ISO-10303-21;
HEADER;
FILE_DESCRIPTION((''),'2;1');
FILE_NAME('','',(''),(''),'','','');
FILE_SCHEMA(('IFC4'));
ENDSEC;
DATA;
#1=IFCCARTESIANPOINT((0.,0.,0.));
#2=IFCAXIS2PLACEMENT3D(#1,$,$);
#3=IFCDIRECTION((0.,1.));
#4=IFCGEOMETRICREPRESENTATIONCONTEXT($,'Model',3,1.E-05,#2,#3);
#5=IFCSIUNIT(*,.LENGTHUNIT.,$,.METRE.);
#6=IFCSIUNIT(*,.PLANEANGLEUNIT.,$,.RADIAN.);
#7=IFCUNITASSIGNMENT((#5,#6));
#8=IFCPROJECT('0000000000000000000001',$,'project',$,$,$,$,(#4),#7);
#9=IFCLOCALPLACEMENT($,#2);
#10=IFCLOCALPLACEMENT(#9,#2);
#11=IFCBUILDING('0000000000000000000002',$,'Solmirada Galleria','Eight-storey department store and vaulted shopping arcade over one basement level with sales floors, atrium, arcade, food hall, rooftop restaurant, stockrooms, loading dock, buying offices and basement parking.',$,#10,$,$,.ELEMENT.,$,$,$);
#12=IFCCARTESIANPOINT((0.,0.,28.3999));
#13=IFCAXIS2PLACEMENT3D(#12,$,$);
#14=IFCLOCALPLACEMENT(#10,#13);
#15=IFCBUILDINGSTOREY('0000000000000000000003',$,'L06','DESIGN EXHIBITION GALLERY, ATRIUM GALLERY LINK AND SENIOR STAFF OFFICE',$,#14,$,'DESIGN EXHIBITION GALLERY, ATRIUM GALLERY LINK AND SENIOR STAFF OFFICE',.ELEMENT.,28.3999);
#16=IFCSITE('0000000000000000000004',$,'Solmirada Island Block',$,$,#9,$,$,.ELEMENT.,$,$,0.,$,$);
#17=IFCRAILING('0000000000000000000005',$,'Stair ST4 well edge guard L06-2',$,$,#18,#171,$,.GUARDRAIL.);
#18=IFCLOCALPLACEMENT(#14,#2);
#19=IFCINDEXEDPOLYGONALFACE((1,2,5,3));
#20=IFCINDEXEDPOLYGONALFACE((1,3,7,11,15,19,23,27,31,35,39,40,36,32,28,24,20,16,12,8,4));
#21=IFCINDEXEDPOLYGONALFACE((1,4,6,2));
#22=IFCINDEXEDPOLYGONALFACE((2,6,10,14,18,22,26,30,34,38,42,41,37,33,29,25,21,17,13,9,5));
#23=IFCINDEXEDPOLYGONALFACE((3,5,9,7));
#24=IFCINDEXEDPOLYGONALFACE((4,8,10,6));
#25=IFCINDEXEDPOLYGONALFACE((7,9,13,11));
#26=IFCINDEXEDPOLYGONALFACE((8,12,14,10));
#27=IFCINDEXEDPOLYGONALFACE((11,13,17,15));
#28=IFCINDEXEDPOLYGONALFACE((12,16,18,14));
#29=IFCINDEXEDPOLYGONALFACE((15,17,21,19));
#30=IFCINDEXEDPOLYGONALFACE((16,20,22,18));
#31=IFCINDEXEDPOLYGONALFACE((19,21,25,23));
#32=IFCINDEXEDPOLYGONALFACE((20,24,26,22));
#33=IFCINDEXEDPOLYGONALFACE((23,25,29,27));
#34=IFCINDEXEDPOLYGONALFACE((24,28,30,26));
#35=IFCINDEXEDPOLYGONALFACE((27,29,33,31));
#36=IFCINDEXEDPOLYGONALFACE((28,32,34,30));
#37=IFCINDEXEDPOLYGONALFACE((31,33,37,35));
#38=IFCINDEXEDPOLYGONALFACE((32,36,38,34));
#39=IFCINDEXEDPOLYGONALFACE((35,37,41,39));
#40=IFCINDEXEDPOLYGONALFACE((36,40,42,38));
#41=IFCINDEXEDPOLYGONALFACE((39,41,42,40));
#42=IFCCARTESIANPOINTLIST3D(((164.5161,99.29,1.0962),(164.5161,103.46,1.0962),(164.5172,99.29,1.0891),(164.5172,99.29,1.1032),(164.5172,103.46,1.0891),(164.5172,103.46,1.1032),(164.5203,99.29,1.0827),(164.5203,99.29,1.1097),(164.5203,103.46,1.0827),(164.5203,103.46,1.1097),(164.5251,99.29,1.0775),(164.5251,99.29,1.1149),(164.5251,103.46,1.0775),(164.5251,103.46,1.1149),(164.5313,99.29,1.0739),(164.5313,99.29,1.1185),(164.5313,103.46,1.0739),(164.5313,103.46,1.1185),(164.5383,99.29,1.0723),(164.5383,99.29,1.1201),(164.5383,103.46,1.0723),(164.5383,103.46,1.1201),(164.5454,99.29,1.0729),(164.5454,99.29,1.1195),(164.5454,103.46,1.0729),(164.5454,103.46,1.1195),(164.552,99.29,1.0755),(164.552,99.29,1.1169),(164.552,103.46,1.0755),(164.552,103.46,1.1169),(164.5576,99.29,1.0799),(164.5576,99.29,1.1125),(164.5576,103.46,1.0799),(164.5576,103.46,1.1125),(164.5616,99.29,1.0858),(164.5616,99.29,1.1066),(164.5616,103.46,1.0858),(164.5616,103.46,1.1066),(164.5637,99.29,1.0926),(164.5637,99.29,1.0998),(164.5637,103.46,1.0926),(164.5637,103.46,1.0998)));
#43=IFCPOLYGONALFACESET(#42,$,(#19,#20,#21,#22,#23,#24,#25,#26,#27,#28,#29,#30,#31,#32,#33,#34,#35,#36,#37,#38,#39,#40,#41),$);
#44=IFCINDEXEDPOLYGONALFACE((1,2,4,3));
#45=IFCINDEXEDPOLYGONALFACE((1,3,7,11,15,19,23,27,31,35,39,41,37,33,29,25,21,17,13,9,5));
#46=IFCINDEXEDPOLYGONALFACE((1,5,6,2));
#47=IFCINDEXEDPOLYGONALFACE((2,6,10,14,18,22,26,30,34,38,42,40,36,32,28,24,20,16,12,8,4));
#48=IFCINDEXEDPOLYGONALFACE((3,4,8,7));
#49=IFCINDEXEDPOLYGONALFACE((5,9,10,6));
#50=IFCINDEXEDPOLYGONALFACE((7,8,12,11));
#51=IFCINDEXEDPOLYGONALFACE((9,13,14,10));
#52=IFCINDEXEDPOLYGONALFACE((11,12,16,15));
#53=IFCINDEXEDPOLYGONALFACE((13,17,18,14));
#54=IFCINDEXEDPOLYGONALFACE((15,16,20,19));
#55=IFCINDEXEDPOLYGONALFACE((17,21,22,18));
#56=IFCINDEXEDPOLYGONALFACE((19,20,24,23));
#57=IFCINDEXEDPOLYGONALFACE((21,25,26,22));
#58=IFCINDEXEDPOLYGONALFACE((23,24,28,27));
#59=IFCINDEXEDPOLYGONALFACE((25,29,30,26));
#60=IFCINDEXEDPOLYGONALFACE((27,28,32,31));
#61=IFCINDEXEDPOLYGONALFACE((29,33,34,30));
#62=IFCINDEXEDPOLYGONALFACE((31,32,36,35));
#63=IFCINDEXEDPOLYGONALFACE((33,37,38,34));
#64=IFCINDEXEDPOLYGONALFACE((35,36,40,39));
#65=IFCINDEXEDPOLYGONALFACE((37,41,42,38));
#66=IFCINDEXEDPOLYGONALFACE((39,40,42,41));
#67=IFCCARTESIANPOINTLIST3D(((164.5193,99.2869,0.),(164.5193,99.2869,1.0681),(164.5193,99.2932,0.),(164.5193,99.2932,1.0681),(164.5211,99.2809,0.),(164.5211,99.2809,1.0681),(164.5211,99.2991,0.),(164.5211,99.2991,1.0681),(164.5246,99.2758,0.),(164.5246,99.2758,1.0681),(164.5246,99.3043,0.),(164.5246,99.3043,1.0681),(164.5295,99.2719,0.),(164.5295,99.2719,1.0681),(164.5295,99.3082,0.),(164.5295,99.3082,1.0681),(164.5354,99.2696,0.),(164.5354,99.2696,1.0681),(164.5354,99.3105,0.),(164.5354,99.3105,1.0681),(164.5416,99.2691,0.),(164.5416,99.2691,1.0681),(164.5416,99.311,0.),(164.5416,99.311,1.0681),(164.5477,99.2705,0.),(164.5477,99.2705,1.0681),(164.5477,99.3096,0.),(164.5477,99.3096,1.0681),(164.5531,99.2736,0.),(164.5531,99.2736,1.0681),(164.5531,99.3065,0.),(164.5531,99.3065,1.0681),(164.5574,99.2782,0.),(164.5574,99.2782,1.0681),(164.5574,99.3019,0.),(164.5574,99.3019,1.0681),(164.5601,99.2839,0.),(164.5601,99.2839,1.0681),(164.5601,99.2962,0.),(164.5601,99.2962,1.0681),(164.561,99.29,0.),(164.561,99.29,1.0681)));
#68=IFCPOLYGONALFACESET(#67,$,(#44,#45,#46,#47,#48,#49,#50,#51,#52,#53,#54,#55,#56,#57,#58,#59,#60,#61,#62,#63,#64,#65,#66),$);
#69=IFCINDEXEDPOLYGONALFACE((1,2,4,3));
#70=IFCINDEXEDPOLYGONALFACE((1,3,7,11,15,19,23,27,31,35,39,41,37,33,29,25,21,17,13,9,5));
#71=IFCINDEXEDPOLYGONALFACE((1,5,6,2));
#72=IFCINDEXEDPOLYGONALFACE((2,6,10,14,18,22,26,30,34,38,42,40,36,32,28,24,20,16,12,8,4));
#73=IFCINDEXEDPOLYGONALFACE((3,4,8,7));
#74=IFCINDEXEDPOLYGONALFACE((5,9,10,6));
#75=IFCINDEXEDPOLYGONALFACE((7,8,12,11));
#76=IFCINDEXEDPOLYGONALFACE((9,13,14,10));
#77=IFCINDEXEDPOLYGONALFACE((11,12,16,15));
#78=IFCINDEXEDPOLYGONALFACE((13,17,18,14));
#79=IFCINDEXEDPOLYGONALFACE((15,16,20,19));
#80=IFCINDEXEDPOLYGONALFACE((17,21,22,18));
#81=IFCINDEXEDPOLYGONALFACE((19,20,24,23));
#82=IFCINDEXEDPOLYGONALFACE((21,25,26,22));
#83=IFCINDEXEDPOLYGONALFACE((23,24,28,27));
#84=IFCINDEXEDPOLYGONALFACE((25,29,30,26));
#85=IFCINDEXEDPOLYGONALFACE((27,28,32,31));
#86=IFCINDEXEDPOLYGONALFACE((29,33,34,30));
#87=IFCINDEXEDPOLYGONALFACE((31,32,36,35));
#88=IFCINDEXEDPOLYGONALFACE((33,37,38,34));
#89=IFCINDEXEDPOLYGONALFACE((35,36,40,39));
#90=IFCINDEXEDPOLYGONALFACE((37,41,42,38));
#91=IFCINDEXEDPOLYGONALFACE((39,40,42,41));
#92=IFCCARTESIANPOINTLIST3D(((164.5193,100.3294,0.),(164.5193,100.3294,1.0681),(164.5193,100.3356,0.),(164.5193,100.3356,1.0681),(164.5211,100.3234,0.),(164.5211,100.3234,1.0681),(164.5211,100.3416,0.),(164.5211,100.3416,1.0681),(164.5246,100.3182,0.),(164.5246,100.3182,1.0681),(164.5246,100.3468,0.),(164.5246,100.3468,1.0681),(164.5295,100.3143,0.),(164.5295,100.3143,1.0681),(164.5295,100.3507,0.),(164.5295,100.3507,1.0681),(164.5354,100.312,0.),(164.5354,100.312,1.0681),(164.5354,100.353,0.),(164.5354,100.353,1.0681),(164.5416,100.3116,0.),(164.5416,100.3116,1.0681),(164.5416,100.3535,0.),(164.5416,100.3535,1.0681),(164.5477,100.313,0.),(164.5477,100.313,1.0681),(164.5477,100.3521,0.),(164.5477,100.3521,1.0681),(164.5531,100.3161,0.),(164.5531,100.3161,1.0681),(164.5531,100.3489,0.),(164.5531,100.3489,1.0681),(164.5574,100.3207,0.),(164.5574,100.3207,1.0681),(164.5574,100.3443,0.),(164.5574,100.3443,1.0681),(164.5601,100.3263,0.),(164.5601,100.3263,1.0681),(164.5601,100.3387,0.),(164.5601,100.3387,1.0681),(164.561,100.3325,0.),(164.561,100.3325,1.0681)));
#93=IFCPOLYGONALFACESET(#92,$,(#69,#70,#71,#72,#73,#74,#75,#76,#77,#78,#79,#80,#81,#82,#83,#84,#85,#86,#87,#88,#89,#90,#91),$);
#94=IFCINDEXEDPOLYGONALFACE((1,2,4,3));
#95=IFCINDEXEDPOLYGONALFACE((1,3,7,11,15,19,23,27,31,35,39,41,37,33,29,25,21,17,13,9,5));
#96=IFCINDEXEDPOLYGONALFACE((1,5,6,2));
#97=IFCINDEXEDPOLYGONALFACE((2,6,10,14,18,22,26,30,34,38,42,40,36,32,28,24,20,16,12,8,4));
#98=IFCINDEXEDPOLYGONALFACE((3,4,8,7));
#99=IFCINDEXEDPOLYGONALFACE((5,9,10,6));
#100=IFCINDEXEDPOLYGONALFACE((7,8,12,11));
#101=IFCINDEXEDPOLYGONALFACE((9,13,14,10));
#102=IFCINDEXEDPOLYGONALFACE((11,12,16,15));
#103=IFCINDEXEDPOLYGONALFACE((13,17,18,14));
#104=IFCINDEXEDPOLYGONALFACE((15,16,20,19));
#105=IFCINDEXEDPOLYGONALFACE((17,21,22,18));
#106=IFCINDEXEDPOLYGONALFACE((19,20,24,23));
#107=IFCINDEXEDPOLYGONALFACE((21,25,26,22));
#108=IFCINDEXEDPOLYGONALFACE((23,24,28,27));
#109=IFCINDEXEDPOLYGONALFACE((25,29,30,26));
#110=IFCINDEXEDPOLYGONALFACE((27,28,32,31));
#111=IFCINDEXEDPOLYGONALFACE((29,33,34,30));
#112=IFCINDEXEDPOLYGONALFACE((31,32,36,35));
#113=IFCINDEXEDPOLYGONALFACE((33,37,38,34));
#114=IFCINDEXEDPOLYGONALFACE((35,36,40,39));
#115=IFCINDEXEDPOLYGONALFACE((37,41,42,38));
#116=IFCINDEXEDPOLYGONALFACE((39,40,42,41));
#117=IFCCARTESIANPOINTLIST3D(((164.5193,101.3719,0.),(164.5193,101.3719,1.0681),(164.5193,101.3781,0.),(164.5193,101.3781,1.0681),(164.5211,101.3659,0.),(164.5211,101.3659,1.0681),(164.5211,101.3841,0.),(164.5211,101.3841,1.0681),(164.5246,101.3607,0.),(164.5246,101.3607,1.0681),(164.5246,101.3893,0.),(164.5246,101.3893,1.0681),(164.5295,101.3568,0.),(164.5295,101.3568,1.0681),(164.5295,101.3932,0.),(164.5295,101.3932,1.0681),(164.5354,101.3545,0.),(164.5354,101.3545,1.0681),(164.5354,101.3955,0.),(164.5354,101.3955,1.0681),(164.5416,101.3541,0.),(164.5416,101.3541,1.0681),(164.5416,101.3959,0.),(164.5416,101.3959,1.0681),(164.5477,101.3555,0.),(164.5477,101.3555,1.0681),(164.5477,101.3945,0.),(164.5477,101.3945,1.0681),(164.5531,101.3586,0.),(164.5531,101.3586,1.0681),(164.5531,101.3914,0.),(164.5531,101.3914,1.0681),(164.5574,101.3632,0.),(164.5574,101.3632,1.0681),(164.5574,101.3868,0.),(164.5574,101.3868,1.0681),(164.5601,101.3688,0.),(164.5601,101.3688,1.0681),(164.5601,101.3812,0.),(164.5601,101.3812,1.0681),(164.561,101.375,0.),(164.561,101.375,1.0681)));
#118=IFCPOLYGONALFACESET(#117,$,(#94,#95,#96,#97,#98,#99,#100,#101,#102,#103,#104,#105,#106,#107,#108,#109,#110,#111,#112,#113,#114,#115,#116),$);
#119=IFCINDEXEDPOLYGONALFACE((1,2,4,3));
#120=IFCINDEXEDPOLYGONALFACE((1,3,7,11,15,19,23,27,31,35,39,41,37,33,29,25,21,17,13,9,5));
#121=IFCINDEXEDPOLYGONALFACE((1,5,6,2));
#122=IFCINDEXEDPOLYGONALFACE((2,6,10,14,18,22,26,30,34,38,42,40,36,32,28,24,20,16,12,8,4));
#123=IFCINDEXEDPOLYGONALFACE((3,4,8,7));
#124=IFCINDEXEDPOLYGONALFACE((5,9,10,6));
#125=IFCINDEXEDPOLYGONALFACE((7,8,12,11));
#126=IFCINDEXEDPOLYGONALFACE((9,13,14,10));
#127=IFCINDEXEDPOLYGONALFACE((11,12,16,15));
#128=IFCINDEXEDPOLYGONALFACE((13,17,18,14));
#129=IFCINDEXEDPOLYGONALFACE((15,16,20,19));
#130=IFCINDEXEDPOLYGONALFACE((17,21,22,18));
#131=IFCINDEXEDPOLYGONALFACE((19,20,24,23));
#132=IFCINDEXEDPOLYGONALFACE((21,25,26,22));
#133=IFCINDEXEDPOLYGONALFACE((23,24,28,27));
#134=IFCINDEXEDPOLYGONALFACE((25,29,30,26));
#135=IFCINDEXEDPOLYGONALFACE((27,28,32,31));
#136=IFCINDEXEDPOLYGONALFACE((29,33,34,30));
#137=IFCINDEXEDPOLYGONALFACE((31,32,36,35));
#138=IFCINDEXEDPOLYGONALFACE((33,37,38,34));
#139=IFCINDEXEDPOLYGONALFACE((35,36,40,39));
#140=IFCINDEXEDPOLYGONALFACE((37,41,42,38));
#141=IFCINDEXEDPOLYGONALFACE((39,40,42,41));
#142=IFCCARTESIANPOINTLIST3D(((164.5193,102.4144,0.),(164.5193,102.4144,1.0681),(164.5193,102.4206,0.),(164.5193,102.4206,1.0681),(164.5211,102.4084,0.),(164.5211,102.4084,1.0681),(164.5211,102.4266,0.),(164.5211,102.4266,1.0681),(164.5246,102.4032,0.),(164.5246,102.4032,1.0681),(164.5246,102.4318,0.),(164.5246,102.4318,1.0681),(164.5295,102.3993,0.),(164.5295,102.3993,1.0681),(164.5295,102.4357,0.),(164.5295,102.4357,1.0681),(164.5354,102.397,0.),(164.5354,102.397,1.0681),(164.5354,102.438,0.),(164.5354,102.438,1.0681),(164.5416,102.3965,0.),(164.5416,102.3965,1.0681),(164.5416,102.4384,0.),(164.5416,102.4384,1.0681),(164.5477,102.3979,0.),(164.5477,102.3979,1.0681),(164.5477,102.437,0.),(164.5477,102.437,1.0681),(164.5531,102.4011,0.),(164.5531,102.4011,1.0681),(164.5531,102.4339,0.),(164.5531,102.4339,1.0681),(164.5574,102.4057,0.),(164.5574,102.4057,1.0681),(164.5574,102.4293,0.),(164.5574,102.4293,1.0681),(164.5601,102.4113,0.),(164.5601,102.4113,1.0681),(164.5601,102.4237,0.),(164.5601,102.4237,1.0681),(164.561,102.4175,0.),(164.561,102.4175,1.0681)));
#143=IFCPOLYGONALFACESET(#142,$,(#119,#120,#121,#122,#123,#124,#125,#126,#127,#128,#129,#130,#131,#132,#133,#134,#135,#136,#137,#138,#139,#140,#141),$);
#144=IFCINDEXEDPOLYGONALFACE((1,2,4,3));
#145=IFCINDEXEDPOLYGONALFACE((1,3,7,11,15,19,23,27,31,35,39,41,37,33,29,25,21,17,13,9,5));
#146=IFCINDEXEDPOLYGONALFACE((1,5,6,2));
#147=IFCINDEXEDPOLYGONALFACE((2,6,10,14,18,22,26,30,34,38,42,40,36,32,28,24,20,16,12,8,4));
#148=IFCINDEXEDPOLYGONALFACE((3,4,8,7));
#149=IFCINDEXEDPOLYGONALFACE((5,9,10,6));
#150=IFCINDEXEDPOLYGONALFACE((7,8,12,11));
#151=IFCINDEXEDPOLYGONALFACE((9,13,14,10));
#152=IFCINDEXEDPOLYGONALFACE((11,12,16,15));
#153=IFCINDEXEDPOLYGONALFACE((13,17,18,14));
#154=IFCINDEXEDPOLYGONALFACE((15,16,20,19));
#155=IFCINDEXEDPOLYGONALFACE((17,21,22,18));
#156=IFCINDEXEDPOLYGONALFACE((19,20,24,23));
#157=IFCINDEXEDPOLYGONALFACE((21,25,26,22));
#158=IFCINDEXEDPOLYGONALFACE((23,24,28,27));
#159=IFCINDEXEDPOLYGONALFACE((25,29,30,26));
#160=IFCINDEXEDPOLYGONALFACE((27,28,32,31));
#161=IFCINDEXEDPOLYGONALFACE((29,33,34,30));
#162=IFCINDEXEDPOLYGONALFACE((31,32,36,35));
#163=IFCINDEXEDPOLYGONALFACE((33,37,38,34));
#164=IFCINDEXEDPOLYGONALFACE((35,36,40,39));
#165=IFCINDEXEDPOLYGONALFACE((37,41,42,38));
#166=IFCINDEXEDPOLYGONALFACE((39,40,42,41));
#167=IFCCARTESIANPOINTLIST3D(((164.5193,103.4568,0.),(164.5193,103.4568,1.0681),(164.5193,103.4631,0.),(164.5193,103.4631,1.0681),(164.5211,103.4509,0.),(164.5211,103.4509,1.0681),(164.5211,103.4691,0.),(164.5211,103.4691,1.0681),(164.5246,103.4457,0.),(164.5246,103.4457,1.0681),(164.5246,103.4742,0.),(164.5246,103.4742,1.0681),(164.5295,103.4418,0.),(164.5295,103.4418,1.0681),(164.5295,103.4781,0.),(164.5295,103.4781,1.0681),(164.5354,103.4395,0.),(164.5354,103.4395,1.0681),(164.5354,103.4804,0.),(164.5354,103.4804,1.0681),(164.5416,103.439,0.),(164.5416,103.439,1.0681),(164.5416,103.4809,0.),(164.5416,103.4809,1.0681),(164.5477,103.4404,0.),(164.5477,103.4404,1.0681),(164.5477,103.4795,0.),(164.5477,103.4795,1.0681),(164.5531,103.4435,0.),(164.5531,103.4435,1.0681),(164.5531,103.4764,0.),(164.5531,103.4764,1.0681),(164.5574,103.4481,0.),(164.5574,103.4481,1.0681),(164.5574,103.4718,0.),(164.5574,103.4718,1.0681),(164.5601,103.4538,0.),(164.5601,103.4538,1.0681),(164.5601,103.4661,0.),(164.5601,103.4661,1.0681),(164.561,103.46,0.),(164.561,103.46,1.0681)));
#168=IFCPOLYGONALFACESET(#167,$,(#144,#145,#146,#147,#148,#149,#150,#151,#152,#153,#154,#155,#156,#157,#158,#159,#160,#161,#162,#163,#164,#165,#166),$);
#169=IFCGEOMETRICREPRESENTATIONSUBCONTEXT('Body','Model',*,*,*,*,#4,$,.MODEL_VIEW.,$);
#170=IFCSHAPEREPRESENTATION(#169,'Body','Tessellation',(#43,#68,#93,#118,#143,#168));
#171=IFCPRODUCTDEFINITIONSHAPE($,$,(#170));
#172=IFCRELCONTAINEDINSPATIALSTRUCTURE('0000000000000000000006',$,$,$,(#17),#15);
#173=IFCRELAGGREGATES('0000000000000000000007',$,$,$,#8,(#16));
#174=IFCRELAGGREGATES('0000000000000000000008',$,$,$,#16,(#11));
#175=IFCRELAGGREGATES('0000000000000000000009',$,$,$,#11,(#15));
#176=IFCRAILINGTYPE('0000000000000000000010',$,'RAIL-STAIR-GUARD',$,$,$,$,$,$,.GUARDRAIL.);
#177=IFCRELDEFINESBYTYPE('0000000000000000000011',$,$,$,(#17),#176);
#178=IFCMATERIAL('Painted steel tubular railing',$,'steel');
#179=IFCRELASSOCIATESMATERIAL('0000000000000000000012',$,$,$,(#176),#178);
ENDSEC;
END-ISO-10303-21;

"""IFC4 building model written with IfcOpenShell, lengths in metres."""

from ifc_helpers import new_model, si_unit, direction, frame, origin, origin_2d, place, context, subcontext, project, spatial, circle, extrude, material, type_object, element, save


model = new_model("IFC4")

# Units and contexts
model_context = context("Model", 3, precision=1e-05, world=origin(), true_north=direction((0.0, 1.0)))
body_context = subcontext(model_context, "Body", "Model", "MODEL_VIEW")
ifc_project = project(units=[si_unit("LENGTHUNIT", "METRE"), si_unit("PLANEANGLEUNIT", "RADIAN")], contexts=[model_context])

# Site, building, storey
site_placement = place(None, origin())
site = spatial("IfcSite", under=ifc_project, at=site_placement, Name="Solmirada Island Block", CompositionType="ELEMENT", RefElevation=0.0)
building_placement = place(site_placement, origin())
building = spatial("IfcBuilding", under=site, at=building_placement, Name="Solmirada Galleria", Description="Eight-storey department store and vaulted shopping arcade over one basement level with sales floors, atrium, arcade, food hall, rooftop restaurant, stockrooms, loading dock, buying offices and basement parking.", CompositionType="ELEMENT")
storey_placement = place(building_placement, frame((0.0, 0.0, 28.3999)))
storey = spatial("IfcBuildingStorey", under=building, at=storey_placement, Name="L06", Description="DESIGN EXHIBITION GALLERY, ATRIUM GALLERY LINK AND SENIOR STAFF OFFICE", LongName="DESIGN EXHIBITION GALLERY, ATRIUM GALLERY LINK AND SENIOR STAFF OFFICE", CompositionType="ELEMENT", Elevation=28.3999)

# Railing
ifc_material_1 = material(Name="Painted steel tubular railing", Category="steel")
railing_type_1 = type_object("IfcRailingType", Name="RAIL-STAIR-GUARD", PredefinedType="GUARDRAIL", material=ifc_material_1)
railing_1_placement = place(storey_placement, frame((164.54, 99.29, 0.0)))
element("IfcRailing", 1, at=railing_1_placement, inside=storey, type_object=railing_type_1, Name="Stair ST4 well edge guard L06-2", PredefinedType="GUARDRAIL", context=body_context, shape_type="SweptSolid", body=[
    extrude(circle(Radius=0.0239, at=origin_2d()), frame((0.0, 0.0, 1.0962), z_axis=(0.0, 1.0, 0.0), x_axis=(-1.0, 0.0, 0.0)), (0.0, 0.0, 1.0), 4.1699),
    extrude(circle(Radius=0.021, at=origin_2d()), origin(), (0.0, 0.0, 1.0), 1.0681),
    extrude(circle(Radius=0.021, at=origin_2d()), frame((0.0, 1.0425, 0.0)), (0.0, 0.0, 1.0), 1.0681),
    extrude(circle(Radius=0.021, at=origin_2d()), frame((0.0, 2.085, 0.0)), (0.0, 0.0, 1.0), 1.0681),
    extrude(circle(Radius=0.021, at=origin_2d()), frame((0.0, 3.1274, 0.0)), (0.0, 0.0, 1.0), 1.0681),
    extrude(circle(Radius=0.021, at=origin_2d()), frame((0.0, 4.1699, 0.0)), (0.0, 0.0, 1.0), 1.0681),
])

save(model, "model.ifc")
